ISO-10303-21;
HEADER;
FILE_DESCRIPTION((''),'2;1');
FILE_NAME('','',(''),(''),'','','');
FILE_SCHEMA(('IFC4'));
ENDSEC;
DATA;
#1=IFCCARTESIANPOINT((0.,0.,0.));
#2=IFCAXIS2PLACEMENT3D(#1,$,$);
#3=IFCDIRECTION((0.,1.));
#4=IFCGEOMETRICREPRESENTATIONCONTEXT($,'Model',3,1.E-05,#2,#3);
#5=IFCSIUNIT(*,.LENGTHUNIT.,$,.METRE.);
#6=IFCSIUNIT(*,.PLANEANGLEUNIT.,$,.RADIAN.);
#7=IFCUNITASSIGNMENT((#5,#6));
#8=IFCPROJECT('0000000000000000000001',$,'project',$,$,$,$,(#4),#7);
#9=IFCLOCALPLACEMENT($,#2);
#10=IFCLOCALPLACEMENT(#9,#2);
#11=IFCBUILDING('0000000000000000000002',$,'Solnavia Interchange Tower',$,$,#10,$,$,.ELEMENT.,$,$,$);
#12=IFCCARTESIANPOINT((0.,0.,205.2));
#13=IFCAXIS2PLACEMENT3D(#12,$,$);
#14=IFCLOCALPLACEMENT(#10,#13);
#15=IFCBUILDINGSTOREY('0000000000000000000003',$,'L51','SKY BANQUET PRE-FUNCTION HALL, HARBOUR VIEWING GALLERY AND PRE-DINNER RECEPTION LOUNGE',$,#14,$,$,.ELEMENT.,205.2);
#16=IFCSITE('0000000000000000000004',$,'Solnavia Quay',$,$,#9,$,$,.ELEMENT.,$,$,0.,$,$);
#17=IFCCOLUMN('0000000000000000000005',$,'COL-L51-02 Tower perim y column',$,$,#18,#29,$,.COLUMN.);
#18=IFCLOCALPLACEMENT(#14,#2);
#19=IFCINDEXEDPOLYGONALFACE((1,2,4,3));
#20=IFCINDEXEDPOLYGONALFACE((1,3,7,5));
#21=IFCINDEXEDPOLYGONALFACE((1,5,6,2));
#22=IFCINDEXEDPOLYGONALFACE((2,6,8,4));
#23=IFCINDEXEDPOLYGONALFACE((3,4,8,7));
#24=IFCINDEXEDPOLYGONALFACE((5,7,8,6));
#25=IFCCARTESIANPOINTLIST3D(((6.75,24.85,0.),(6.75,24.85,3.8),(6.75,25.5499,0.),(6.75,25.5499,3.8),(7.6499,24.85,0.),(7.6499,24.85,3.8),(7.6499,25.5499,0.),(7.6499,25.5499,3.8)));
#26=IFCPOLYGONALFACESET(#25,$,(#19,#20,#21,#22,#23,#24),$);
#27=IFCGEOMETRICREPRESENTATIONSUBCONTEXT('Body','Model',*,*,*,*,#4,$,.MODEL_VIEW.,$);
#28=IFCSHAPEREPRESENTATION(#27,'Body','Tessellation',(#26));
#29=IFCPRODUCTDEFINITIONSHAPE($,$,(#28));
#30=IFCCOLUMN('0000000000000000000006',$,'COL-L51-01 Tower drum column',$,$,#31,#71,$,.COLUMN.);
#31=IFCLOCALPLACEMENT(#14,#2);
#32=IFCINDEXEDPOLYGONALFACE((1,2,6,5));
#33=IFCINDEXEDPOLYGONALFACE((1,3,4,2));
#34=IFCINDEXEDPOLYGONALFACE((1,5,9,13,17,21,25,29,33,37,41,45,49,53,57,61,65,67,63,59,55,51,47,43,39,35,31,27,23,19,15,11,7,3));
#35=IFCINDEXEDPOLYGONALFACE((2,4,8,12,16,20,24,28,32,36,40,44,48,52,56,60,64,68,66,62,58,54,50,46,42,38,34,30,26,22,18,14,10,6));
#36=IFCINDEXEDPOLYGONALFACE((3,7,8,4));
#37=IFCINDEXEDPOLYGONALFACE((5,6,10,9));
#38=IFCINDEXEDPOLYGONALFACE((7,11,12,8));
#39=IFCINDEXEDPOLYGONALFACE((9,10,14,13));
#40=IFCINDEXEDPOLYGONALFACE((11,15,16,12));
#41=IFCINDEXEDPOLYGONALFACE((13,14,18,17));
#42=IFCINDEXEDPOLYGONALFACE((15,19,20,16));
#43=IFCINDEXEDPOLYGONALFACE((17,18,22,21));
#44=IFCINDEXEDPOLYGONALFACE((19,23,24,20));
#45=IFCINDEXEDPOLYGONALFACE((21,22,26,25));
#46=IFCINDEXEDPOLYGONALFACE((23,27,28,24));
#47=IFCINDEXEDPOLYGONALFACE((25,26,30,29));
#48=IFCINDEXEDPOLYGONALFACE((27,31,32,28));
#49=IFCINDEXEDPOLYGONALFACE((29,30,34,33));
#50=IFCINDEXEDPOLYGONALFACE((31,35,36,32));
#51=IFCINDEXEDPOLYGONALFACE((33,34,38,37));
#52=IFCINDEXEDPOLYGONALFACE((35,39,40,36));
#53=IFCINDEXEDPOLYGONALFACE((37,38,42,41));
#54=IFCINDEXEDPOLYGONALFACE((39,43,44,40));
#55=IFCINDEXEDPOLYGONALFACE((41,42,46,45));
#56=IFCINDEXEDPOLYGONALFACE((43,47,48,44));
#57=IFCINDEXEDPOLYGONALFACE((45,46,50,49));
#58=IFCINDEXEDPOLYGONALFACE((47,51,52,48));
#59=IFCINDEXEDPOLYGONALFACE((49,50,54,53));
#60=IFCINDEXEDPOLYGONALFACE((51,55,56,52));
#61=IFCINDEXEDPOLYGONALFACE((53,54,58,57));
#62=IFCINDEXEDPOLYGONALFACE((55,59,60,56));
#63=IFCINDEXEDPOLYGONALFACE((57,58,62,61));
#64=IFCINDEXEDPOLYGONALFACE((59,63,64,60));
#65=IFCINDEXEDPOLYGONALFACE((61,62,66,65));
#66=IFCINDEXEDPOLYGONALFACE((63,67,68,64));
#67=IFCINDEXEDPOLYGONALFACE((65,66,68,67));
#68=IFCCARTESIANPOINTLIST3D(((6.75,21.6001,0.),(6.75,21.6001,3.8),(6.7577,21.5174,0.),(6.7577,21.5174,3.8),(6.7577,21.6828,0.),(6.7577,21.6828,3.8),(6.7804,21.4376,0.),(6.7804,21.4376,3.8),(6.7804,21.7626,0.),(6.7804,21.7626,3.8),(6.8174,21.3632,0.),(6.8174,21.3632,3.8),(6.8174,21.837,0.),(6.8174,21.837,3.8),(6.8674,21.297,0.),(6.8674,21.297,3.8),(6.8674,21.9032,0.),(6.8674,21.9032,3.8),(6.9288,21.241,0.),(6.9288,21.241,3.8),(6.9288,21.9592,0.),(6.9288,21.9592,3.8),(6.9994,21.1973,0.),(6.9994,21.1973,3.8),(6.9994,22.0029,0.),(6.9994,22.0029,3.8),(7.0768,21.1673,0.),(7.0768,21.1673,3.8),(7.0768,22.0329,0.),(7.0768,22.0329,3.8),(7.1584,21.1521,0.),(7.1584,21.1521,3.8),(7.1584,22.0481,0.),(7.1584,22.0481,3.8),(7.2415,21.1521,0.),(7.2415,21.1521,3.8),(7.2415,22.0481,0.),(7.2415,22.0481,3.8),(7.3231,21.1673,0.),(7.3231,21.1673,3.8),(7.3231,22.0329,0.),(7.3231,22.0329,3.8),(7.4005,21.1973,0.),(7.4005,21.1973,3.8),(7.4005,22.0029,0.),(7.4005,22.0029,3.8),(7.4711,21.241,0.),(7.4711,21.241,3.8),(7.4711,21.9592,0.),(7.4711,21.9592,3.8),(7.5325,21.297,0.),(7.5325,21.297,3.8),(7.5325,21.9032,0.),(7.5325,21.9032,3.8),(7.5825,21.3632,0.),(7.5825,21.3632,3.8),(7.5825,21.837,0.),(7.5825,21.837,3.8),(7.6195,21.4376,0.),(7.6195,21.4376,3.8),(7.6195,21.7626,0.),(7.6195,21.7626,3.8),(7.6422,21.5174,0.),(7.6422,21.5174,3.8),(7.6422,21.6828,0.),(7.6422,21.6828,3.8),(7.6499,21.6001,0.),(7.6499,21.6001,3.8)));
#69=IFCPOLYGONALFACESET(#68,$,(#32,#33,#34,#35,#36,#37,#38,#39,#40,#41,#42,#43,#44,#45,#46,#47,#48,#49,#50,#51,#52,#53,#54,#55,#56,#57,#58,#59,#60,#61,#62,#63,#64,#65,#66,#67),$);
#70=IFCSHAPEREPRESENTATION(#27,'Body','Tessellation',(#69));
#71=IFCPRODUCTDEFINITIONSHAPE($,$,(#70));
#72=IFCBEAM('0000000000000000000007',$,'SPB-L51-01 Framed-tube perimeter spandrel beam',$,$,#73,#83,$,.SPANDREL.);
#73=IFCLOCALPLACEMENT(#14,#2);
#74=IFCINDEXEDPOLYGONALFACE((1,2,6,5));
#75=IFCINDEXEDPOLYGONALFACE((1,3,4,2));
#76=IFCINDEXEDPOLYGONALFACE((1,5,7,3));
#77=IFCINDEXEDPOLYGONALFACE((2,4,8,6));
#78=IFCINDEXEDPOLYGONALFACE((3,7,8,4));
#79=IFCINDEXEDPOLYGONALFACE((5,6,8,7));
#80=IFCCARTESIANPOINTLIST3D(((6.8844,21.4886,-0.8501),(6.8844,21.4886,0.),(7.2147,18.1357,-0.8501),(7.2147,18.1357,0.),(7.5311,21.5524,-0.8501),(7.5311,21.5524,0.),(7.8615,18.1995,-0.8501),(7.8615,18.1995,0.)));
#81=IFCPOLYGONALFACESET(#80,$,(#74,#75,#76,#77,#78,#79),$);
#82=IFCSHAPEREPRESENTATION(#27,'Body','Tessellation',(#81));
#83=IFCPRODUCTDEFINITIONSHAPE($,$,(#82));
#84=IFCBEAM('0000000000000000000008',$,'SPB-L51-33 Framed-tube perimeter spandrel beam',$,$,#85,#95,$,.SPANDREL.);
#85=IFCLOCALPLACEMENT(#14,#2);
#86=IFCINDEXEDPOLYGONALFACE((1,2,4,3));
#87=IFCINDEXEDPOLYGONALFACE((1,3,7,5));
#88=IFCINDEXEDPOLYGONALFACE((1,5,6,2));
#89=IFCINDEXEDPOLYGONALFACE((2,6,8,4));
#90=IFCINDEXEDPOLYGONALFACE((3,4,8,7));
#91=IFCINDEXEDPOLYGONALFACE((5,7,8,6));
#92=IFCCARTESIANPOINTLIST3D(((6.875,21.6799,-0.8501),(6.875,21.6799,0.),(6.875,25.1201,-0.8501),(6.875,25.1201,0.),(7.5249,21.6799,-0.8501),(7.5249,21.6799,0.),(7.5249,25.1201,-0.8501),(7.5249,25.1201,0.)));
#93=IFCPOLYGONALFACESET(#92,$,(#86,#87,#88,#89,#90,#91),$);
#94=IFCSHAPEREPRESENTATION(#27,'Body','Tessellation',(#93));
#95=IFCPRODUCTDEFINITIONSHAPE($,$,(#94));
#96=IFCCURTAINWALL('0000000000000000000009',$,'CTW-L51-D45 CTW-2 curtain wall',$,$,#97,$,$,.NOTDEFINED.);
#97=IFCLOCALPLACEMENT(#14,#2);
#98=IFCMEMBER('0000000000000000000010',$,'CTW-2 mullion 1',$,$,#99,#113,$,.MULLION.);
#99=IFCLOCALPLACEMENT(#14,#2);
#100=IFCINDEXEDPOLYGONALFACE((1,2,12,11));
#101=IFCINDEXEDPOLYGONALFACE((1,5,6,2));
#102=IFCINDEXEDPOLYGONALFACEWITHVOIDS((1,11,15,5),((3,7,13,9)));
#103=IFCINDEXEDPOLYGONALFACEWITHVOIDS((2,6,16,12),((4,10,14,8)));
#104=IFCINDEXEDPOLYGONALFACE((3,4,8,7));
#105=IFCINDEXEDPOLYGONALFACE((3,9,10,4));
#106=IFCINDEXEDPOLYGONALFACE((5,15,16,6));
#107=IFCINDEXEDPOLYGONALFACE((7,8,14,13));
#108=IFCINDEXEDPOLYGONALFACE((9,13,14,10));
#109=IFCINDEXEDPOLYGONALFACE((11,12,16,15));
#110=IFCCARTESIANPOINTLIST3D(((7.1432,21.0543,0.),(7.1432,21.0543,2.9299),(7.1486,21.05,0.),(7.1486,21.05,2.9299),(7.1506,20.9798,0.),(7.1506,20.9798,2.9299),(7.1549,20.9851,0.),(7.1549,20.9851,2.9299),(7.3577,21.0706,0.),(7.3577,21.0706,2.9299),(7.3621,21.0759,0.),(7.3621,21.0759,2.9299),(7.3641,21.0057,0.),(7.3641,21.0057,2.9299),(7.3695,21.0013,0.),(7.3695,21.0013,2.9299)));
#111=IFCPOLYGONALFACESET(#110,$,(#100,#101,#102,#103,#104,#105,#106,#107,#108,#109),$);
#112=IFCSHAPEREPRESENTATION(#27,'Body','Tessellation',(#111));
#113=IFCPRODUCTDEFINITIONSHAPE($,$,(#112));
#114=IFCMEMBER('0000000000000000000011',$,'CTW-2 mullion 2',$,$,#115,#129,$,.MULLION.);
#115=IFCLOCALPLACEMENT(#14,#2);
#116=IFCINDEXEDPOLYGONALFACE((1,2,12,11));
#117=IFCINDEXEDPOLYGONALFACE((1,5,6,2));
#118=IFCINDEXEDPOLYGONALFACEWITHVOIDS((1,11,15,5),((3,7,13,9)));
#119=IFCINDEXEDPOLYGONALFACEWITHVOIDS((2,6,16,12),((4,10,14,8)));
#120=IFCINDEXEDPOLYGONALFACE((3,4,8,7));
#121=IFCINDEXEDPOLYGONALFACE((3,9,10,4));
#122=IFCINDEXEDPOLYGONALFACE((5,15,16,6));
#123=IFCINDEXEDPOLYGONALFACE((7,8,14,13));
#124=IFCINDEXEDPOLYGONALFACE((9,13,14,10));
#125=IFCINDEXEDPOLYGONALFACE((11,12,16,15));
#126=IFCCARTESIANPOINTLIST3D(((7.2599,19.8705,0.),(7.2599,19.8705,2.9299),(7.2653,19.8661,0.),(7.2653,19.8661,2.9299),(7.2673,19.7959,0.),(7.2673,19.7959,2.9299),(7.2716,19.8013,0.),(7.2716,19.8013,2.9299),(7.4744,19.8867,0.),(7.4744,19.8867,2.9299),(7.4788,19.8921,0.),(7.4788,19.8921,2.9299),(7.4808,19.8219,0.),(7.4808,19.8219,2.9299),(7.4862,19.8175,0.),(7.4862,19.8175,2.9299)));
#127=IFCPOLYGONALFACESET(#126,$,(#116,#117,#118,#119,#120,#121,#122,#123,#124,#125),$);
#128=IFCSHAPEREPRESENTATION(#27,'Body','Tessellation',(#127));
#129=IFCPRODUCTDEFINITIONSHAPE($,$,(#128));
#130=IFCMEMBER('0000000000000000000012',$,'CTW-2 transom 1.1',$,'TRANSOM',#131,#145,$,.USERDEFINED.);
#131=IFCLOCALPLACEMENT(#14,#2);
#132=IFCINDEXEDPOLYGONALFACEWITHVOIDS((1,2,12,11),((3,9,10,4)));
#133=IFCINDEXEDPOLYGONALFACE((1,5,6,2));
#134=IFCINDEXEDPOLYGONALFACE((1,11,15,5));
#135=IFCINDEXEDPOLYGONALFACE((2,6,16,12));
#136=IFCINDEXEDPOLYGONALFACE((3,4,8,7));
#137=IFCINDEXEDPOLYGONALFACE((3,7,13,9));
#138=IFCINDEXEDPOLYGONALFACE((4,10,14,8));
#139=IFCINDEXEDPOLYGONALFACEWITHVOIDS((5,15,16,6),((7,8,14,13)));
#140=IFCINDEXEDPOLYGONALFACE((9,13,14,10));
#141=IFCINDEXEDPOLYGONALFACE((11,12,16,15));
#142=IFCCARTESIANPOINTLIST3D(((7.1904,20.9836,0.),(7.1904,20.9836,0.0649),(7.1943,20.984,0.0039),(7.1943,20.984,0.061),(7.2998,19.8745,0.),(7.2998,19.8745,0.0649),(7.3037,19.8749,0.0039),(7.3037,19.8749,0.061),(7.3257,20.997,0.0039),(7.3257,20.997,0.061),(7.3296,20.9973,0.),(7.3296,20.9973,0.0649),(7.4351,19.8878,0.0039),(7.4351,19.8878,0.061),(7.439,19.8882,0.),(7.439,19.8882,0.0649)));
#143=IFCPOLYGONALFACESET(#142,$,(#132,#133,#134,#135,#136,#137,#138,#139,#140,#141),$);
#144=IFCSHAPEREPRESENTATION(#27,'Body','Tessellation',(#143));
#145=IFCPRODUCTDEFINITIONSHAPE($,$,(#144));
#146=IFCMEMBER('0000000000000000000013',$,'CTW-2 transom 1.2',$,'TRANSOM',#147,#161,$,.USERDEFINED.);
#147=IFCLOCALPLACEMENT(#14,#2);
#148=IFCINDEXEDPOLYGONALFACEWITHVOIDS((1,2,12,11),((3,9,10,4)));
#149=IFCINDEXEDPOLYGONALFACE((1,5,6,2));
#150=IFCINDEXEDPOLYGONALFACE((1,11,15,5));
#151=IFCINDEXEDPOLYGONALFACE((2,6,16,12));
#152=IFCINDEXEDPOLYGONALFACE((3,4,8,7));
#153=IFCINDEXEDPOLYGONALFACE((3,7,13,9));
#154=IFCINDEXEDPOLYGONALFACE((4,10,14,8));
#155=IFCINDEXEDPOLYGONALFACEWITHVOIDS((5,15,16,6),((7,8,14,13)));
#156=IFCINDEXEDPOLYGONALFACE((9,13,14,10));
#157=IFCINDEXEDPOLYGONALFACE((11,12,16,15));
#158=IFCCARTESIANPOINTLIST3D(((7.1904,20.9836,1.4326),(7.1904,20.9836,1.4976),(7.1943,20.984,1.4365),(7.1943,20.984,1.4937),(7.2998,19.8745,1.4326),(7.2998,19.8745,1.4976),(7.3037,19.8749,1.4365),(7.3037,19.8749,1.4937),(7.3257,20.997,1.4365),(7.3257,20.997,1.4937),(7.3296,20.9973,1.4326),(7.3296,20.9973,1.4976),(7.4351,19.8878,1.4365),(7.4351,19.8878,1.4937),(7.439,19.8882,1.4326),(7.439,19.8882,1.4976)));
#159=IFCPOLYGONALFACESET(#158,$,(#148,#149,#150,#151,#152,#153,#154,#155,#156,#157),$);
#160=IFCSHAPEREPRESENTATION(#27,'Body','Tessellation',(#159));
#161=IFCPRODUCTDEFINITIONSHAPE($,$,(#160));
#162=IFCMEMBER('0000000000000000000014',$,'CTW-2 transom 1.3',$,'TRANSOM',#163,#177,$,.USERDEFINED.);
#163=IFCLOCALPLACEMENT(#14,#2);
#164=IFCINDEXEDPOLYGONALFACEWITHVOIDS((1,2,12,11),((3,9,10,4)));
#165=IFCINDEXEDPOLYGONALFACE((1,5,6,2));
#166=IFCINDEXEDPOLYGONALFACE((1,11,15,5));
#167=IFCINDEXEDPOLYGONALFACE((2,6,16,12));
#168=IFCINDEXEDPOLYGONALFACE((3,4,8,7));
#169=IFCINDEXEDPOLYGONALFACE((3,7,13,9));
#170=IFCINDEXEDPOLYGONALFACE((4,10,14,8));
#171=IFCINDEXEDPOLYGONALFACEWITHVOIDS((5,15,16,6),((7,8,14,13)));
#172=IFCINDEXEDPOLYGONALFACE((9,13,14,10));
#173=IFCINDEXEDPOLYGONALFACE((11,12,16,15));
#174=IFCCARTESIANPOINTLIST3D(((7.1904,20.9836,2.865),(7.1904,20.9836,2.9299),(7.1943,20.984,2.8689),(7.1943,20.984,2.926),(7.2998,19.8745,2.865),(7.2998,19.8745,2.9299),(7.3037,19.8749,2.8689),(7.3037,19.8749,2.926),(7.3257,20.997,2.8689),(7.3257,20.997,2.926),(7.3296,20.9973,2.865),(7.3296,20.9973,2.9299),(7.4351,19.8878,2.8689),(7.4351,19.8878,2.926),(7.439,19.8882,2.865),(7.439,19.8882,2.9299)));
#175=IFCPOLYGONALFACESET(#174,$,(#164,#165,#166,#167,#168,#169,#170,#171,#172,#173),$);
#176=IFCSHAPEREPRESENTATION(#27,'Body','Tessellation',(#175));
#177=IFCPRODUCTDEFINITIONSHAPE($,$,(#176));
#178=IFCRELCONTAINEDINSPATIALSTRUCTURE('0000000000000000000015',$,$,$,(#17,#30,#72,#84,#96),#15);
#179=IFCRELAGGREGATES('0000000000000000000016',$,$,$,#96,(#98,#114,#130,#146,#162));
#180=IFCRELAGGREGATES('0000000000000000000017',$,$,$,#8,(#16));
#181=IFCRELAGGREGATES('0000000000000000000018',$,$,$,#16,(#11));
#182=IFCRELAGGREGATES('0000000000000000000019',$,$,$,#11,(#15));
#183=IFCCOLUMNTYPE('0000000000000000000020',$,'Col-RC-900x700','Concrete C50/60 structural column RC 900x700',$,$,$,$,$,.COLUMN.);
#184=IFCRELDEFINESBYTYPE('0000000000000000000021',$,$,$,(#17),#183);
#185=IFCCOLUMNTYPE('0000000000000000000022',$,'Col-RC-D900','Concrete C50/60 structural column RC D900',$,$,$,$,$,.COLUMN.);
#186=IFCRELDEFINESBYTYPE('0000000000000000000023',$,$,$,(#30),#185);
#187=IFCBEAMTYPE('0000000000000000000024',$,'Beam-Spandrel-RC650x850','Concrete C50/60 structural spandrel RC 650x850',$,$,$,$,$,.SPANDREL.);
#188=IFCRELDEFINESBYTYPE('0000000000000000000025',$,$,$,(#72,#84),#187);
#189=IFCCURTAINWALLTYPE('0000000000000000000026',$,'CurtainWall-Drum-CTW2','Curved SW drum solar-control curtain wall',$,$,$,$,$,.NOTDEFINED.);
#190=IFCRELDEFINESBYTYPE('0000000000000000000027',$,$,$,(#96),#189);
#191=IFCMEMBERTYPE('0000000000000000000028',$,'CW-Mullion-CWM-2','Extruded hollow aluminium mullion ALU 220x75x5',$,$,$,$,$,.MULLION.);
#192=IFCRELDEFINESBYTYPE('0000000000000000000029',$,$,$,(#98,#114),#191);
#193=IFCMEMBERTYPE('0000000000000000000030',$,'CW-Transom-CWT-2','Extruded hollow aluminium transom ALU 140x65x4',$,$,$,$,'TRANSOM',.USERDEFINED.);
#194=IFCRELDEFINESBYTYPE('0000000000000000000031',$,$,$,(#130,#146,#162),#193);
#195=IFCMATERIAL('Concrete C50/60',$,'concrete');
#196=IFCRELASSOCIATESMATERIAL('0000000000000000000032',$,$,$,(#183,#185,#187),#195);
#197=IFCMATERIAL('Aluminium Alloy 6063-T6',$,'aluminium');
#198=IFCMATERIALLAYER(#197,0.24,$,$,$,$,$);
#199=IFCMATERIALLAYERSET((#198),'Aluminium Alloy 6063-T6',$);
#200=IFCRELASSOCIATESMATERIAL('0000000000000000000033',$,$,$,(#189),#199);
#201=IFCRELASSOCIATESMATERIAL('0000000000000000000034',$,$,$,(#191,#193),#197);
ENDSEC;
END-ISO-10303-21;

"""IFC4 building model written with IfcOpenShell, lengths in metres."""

from ifc_helpers import new_model, si_unit, direction, frame, origin, origin_2d, place, context, subcontext, project, spatial, rectangle, hollow_rectangle, circle, extrude, material, layer, layer_set, material_profile, profile_set, type_object, element, aggregate, save


model = new_model("IFC4")

# Units and contexts
model_context = context("Model", 3, precision=1e-05, world=origin(), true_north=direction((0.0, 1.0)))
body_context = subcontext(model_context, "Body", "Model", "MODEL_VIEW")
ifc_project = project(units=[si_unit("LENGTHUNIT", "METRE"), si_unit("PLANEANGLEUNIT", "RADIAN")], contexts=[model_context])

# Site, building, storey
site_placement = place(None, origin())
site = spatial("IfcSite", under=ifc_project, at=site_placement, Name="Solnavia Quay", CompositionType="ELEMENT", RefElevation=0.0)
building_placement = place(site_placement, origin())
building = spatial("IfcBuilding", under=site, at=building_placement, Name="Solnavia Interchange Tower", CompositionType="ELEMENT")
storey_placement = place(building_placement, frame((0.0, 0.0, 205.2)))
storey = spatial("IfcBuildingStorey", under=building, at=storey_placement, Name="L51", Description="SKY BANQUET PRE-FUNCTION HALL, HARBOUR VIEWING GALLERY AND PRE-DINNER RECEPTION LOUNGE", CompositionType="ELEMENT", Elevation=205.2)

# Columns
ifc_material_1 = material(Name="Concrete C50/60", Category="concrete")
ifc_material_profile_1 = material_profile(ifc_material_1, rectangle(XDim=0.7, YDim=0.8999, at=origin_2d()), Name="RC 900x700")
ifc_profile_set_1 = profile_set([ifc_material_profile_1], Name="Concrete C50/60")
column_type_1 = type_object("IfcColumnType", Name="Col-RC-900x700", Description="Concrete C50/60 structural column RC 900x700", PredefinedType="COLUMN", material=ifc_profile_set_1)
column_1_placement = place(storey_placement, frame((7.2, 25.2, 0.0), z_axis=(0.0, 0.0, 1.0), x_axis=(0.0, 1.0, 0.0)))
element("IfcColumn", 1, at=column_1_placement, inside=storey, type_object=column_type_1, Name="COL-L51-02 Tower perim y column", PredefinedType="COLUMN", context=body_context, shape_type="SweptSolid", body=[
    extrude(rectangle(XDim=0.7, YDim=0.8999, at=origin_2d()), origin(), (0.0, 0.0, 1.0), 3.8),
])
ifc_material_profile_2 = material_profile(ifc_material_1, circle(Radius=0.45, at=origin_2d()), Name="RC D900")
ifc_profile_set_2 = profile_set([ifc_material_profile_2], Name="Concrete C50/60")
column_type_2 = type_object("IfcColumnType", Name="Col-RC-D900", Description="Concrete C50/60 structural column RC D900", PredefinedType="COLUMN", material=ifc_profile_set_2)
column_2_placement = place(storey_placement, frame((7.2, 21.6001, 0.0), z_axis=(0.0, 0.0, 1.0), x_axis=(1.0, 0.0, 0.0)))
element("IfcColumn", 2, at=column_2_placement, inside=storey, type_object=column_type_2, Name="COL-L51-01 Tower drum column", PredefinedType="COLUMN", context=body_context, shape_type="SweptSolid", body=[
    extrude(circle(Radius=0.45, at=origin_2d()), origin(), (0.0, 0.0, 1.0), 3.8),
])

# Beams
ifc_material_profile_3 = material_profile(ifc_material_1, rectangle(XDim=0.6499, YDim=0.8501, at=origin_2d()), Name="RC 650x850")
ifc_profile_set_3 = profile_set([ifc_material_profile_3], Name="Concrete C50/60")
beam_type = type_object("IfcBeamType", Name="Beam-Spandrel-RC650x850", Description="Concrete C50/60 structural spandrel RC 650x850", PredefinedType="SPANDREL", material=ifc_profile_set_3)
beam_1_placement = place(storey_placement, frame((7.2078, 21.5205, -0.425), z_axis=(0.09804, -0.995182, 0.0), x_axis=(0.995182, 0.09804, 0.0)))
element("IfcBeam", 3, at=beam_1_placement, inside=storey, type_object=beam_type, Name="SPB-L51-01 Framed-tube perimeter spandrel beam", PredefinedType="SPANDREL", context=body_context, shape_type="SweptSolid", body=[
    extrude(rectangle(XDim=0.6499, YDim=0.8501, at=origin_2d()), origin(), (0.0, 0.0, 1.0), 3.3691),
])
beam_2_placement = place(storey_placement, frame((7.2, 25.1201, -0.425), z_axis=(0.0, -1.0, 0.0), x_axis=(1.0, 0.0, 0.0)))
element("IfcBeam", 4, at=beam_2_placement, inside=storey, type_object=beam_type, Name="SPB-L51-33 Framed-tube perimeter spandrel beam", PredefinedType="SPANDREL", context=body_context, shape_type="SweptSolid", body=[
    extrude(rectangle(XDim=0.6499, YDim=0.8501, at=origin_2d()), origin(), (0.0, 0.0, 1.0), 3.4402),
])

# Curtain wall, members
ifc_material_2 = material(Name="Aluminium Alloy 6063-T6", Category="aluminium")
ifc_layer_1 = layer(ifc_material_2, 0.24)
ifc_layer_set_1 = layer_set([ifc_layer_1], Name="Aluminium Alloy 6063-T6")
curtain_wall_type = type_object("IfcCurtainWallType", Name="CurtainWall-Drum-CTW2", Description="Curved SW drum solar-control curtain wall", PredefinedType="NOTDEFINED", material=ifc_layer_set_1)
curtain_wall_placement = place(storey_placement, origin())
curtain_wall = element("IfcCurtainWall", 5, at=curtain_wall_placement, inside=storey, type_object=curtain_wall_type, Name="CTW-L51-D45 CTW-2 curtain wall", PredefinedType="NOTDEFINED")
ifc_material_profile_4 = material_profile(ifc_material_2, hollow_rectangle(XDim=0.075, YDim=0.22, WallThickness=0.0049, at=origin_2d()), Name="ALU 220x75x5")
ifc_profile_set_4 = profile_set([ifc_material_profile_4], Name="Aluminium Alloy 6063-T6")
member_type_1 = type_object("IfcMemberType", Name="CW-Mullion-CWM-2", Description="Extruded hollow aluminium mullion ALU 220x75x5", PredefinedType="MULLION", material=ifc_profile_set_4)
member_1_placement = place(storey_placement, frame((7.2563, 21.0278, 0.0), z_axis=(0.0, 0.0, 1.0), x_axis=(0.098043, -0.995182, 0.0)))
member_1 = element("IfcMember", 6, at=member_1_placement, type_object=member_type_1, Name="CTW-2 mullion 1", PredefinedType="MULLION", context=body_context, shape_type="SweptSolid", body=[
    extrude(hollow_rectangle(XDim=0.075, YDim=0.22, WallThickness=0.0049, at=origin_2d()), origin(), (0.0, 0.0, 1.0), 2.9299),
])
member_2_placement = place(storey_placement, frame((7.373, 19.844, 0.0), z_axis=(0.0, 0.0, 1.0), x_axis=(0.098043, -0.995182, 0.0)))
member_2 = element("IfcMember", 7, at=member_2_placement, type_object=member_type_1, Name="CTW-2 mullion 2", PredefinedType="MULLION", context=body_context, shape_type="SweptSolid", body=[
    extrude(hollow_rectangle(XDim=0.075, YDim=0.22, WallThickness=0.0049, at=origin_2d()), origin(), (0.0, 0.0, 1.0), 2.9299),
])
ifc_material_profile_5 = material_profile(ifc_material_2, hollow_rectangle(XDim=0.0649, YDim=0.1399, WallThickness=0.0039, at=origin_2d()), Name="ALU 140x65x4")
ifc_profile_set_5 = profile_set([ifc_material_profile_5], Name="Aluminium Alloy 6063-T6")
member_type_2 = type_object("IfcMemberType", Name="CW-Transom-CWT-2", Description="Extruded hollow aluminium transom ALU 140x65x4", ElementType="TRANSOM", PredefinedType="USERDEFINED", material=ifc_profile_set_5)
member_3_placement = place(storey_placement, frame((7.26, 20.9905, 0.0325), z_axis=(0.098137, -0.995173, 0.0), x_axis=(0.0, 0.0, 1.0)))
member_3 = element("IfcMember", 8, at=member_3_placement, type_object=member_type_2, Name="CTW-2 transom 1.1", ObjectType="TRANSOM", PredefinedType="USERDEFINED", context=body_context, shape_type="SweptSolid", body=[
    extrude(hollow_rectangle(XDim=0.0649, YDim=0.1399, WallThickness=0.0039, at=origin_2d()), origin(), (0.0, 0.0, 1.0), 1.1145),
])
member_4_placement = place(storey_placement, frame((7.26, 20.9905, 1.4651), z_axis=(0.098137, -0.995173, 0.0), x_axis=(0.0, 0.0, 1.0)))
member_4 = element("IfcMember", 9, at=member_4_placement, type_object=member_type_2, Name="CTW-2 transom 1.2", ObjectType="TRANSOM", PredefinedType="USERDEFINED", context=body_context, shape_type="SweptSolid", body=[
    extrude(hollow_rectangle(XDim=0.0649, YDim=0.1399, WallThickness=0.0039, at=origin_2d()), origin(), (0.0, 0.0, 1.0), 1.1145),
])
member_5_placement = place(storey_placement, frame((7.26, 20.9905, 2.8975), z_axis=(0.098137, -0.995173, 0.0), x_axis=(0.0, 0.0, 1.0)))
member_5 = element("IfcMember", 10, at=member_5_placement, type_object=member_type_2, Name="CTW-2 transom 1.3", ObjectType="TRANSOM", PredefinedType="USERDEFINED", context=body_context, shape_type="SweptSolid", body=[
    extrude(hollow_rectangle(XDim=0.0649, YDim=0.1399, WallThickness=0.0039, at=origin_2d()), origin(), (0.0, 0.0, 1.0), 1.1145),
])
aggregate(curtain_wall, [member_1, member_2, member_3, member_4, member_5])

save(model, "model.ifc")
